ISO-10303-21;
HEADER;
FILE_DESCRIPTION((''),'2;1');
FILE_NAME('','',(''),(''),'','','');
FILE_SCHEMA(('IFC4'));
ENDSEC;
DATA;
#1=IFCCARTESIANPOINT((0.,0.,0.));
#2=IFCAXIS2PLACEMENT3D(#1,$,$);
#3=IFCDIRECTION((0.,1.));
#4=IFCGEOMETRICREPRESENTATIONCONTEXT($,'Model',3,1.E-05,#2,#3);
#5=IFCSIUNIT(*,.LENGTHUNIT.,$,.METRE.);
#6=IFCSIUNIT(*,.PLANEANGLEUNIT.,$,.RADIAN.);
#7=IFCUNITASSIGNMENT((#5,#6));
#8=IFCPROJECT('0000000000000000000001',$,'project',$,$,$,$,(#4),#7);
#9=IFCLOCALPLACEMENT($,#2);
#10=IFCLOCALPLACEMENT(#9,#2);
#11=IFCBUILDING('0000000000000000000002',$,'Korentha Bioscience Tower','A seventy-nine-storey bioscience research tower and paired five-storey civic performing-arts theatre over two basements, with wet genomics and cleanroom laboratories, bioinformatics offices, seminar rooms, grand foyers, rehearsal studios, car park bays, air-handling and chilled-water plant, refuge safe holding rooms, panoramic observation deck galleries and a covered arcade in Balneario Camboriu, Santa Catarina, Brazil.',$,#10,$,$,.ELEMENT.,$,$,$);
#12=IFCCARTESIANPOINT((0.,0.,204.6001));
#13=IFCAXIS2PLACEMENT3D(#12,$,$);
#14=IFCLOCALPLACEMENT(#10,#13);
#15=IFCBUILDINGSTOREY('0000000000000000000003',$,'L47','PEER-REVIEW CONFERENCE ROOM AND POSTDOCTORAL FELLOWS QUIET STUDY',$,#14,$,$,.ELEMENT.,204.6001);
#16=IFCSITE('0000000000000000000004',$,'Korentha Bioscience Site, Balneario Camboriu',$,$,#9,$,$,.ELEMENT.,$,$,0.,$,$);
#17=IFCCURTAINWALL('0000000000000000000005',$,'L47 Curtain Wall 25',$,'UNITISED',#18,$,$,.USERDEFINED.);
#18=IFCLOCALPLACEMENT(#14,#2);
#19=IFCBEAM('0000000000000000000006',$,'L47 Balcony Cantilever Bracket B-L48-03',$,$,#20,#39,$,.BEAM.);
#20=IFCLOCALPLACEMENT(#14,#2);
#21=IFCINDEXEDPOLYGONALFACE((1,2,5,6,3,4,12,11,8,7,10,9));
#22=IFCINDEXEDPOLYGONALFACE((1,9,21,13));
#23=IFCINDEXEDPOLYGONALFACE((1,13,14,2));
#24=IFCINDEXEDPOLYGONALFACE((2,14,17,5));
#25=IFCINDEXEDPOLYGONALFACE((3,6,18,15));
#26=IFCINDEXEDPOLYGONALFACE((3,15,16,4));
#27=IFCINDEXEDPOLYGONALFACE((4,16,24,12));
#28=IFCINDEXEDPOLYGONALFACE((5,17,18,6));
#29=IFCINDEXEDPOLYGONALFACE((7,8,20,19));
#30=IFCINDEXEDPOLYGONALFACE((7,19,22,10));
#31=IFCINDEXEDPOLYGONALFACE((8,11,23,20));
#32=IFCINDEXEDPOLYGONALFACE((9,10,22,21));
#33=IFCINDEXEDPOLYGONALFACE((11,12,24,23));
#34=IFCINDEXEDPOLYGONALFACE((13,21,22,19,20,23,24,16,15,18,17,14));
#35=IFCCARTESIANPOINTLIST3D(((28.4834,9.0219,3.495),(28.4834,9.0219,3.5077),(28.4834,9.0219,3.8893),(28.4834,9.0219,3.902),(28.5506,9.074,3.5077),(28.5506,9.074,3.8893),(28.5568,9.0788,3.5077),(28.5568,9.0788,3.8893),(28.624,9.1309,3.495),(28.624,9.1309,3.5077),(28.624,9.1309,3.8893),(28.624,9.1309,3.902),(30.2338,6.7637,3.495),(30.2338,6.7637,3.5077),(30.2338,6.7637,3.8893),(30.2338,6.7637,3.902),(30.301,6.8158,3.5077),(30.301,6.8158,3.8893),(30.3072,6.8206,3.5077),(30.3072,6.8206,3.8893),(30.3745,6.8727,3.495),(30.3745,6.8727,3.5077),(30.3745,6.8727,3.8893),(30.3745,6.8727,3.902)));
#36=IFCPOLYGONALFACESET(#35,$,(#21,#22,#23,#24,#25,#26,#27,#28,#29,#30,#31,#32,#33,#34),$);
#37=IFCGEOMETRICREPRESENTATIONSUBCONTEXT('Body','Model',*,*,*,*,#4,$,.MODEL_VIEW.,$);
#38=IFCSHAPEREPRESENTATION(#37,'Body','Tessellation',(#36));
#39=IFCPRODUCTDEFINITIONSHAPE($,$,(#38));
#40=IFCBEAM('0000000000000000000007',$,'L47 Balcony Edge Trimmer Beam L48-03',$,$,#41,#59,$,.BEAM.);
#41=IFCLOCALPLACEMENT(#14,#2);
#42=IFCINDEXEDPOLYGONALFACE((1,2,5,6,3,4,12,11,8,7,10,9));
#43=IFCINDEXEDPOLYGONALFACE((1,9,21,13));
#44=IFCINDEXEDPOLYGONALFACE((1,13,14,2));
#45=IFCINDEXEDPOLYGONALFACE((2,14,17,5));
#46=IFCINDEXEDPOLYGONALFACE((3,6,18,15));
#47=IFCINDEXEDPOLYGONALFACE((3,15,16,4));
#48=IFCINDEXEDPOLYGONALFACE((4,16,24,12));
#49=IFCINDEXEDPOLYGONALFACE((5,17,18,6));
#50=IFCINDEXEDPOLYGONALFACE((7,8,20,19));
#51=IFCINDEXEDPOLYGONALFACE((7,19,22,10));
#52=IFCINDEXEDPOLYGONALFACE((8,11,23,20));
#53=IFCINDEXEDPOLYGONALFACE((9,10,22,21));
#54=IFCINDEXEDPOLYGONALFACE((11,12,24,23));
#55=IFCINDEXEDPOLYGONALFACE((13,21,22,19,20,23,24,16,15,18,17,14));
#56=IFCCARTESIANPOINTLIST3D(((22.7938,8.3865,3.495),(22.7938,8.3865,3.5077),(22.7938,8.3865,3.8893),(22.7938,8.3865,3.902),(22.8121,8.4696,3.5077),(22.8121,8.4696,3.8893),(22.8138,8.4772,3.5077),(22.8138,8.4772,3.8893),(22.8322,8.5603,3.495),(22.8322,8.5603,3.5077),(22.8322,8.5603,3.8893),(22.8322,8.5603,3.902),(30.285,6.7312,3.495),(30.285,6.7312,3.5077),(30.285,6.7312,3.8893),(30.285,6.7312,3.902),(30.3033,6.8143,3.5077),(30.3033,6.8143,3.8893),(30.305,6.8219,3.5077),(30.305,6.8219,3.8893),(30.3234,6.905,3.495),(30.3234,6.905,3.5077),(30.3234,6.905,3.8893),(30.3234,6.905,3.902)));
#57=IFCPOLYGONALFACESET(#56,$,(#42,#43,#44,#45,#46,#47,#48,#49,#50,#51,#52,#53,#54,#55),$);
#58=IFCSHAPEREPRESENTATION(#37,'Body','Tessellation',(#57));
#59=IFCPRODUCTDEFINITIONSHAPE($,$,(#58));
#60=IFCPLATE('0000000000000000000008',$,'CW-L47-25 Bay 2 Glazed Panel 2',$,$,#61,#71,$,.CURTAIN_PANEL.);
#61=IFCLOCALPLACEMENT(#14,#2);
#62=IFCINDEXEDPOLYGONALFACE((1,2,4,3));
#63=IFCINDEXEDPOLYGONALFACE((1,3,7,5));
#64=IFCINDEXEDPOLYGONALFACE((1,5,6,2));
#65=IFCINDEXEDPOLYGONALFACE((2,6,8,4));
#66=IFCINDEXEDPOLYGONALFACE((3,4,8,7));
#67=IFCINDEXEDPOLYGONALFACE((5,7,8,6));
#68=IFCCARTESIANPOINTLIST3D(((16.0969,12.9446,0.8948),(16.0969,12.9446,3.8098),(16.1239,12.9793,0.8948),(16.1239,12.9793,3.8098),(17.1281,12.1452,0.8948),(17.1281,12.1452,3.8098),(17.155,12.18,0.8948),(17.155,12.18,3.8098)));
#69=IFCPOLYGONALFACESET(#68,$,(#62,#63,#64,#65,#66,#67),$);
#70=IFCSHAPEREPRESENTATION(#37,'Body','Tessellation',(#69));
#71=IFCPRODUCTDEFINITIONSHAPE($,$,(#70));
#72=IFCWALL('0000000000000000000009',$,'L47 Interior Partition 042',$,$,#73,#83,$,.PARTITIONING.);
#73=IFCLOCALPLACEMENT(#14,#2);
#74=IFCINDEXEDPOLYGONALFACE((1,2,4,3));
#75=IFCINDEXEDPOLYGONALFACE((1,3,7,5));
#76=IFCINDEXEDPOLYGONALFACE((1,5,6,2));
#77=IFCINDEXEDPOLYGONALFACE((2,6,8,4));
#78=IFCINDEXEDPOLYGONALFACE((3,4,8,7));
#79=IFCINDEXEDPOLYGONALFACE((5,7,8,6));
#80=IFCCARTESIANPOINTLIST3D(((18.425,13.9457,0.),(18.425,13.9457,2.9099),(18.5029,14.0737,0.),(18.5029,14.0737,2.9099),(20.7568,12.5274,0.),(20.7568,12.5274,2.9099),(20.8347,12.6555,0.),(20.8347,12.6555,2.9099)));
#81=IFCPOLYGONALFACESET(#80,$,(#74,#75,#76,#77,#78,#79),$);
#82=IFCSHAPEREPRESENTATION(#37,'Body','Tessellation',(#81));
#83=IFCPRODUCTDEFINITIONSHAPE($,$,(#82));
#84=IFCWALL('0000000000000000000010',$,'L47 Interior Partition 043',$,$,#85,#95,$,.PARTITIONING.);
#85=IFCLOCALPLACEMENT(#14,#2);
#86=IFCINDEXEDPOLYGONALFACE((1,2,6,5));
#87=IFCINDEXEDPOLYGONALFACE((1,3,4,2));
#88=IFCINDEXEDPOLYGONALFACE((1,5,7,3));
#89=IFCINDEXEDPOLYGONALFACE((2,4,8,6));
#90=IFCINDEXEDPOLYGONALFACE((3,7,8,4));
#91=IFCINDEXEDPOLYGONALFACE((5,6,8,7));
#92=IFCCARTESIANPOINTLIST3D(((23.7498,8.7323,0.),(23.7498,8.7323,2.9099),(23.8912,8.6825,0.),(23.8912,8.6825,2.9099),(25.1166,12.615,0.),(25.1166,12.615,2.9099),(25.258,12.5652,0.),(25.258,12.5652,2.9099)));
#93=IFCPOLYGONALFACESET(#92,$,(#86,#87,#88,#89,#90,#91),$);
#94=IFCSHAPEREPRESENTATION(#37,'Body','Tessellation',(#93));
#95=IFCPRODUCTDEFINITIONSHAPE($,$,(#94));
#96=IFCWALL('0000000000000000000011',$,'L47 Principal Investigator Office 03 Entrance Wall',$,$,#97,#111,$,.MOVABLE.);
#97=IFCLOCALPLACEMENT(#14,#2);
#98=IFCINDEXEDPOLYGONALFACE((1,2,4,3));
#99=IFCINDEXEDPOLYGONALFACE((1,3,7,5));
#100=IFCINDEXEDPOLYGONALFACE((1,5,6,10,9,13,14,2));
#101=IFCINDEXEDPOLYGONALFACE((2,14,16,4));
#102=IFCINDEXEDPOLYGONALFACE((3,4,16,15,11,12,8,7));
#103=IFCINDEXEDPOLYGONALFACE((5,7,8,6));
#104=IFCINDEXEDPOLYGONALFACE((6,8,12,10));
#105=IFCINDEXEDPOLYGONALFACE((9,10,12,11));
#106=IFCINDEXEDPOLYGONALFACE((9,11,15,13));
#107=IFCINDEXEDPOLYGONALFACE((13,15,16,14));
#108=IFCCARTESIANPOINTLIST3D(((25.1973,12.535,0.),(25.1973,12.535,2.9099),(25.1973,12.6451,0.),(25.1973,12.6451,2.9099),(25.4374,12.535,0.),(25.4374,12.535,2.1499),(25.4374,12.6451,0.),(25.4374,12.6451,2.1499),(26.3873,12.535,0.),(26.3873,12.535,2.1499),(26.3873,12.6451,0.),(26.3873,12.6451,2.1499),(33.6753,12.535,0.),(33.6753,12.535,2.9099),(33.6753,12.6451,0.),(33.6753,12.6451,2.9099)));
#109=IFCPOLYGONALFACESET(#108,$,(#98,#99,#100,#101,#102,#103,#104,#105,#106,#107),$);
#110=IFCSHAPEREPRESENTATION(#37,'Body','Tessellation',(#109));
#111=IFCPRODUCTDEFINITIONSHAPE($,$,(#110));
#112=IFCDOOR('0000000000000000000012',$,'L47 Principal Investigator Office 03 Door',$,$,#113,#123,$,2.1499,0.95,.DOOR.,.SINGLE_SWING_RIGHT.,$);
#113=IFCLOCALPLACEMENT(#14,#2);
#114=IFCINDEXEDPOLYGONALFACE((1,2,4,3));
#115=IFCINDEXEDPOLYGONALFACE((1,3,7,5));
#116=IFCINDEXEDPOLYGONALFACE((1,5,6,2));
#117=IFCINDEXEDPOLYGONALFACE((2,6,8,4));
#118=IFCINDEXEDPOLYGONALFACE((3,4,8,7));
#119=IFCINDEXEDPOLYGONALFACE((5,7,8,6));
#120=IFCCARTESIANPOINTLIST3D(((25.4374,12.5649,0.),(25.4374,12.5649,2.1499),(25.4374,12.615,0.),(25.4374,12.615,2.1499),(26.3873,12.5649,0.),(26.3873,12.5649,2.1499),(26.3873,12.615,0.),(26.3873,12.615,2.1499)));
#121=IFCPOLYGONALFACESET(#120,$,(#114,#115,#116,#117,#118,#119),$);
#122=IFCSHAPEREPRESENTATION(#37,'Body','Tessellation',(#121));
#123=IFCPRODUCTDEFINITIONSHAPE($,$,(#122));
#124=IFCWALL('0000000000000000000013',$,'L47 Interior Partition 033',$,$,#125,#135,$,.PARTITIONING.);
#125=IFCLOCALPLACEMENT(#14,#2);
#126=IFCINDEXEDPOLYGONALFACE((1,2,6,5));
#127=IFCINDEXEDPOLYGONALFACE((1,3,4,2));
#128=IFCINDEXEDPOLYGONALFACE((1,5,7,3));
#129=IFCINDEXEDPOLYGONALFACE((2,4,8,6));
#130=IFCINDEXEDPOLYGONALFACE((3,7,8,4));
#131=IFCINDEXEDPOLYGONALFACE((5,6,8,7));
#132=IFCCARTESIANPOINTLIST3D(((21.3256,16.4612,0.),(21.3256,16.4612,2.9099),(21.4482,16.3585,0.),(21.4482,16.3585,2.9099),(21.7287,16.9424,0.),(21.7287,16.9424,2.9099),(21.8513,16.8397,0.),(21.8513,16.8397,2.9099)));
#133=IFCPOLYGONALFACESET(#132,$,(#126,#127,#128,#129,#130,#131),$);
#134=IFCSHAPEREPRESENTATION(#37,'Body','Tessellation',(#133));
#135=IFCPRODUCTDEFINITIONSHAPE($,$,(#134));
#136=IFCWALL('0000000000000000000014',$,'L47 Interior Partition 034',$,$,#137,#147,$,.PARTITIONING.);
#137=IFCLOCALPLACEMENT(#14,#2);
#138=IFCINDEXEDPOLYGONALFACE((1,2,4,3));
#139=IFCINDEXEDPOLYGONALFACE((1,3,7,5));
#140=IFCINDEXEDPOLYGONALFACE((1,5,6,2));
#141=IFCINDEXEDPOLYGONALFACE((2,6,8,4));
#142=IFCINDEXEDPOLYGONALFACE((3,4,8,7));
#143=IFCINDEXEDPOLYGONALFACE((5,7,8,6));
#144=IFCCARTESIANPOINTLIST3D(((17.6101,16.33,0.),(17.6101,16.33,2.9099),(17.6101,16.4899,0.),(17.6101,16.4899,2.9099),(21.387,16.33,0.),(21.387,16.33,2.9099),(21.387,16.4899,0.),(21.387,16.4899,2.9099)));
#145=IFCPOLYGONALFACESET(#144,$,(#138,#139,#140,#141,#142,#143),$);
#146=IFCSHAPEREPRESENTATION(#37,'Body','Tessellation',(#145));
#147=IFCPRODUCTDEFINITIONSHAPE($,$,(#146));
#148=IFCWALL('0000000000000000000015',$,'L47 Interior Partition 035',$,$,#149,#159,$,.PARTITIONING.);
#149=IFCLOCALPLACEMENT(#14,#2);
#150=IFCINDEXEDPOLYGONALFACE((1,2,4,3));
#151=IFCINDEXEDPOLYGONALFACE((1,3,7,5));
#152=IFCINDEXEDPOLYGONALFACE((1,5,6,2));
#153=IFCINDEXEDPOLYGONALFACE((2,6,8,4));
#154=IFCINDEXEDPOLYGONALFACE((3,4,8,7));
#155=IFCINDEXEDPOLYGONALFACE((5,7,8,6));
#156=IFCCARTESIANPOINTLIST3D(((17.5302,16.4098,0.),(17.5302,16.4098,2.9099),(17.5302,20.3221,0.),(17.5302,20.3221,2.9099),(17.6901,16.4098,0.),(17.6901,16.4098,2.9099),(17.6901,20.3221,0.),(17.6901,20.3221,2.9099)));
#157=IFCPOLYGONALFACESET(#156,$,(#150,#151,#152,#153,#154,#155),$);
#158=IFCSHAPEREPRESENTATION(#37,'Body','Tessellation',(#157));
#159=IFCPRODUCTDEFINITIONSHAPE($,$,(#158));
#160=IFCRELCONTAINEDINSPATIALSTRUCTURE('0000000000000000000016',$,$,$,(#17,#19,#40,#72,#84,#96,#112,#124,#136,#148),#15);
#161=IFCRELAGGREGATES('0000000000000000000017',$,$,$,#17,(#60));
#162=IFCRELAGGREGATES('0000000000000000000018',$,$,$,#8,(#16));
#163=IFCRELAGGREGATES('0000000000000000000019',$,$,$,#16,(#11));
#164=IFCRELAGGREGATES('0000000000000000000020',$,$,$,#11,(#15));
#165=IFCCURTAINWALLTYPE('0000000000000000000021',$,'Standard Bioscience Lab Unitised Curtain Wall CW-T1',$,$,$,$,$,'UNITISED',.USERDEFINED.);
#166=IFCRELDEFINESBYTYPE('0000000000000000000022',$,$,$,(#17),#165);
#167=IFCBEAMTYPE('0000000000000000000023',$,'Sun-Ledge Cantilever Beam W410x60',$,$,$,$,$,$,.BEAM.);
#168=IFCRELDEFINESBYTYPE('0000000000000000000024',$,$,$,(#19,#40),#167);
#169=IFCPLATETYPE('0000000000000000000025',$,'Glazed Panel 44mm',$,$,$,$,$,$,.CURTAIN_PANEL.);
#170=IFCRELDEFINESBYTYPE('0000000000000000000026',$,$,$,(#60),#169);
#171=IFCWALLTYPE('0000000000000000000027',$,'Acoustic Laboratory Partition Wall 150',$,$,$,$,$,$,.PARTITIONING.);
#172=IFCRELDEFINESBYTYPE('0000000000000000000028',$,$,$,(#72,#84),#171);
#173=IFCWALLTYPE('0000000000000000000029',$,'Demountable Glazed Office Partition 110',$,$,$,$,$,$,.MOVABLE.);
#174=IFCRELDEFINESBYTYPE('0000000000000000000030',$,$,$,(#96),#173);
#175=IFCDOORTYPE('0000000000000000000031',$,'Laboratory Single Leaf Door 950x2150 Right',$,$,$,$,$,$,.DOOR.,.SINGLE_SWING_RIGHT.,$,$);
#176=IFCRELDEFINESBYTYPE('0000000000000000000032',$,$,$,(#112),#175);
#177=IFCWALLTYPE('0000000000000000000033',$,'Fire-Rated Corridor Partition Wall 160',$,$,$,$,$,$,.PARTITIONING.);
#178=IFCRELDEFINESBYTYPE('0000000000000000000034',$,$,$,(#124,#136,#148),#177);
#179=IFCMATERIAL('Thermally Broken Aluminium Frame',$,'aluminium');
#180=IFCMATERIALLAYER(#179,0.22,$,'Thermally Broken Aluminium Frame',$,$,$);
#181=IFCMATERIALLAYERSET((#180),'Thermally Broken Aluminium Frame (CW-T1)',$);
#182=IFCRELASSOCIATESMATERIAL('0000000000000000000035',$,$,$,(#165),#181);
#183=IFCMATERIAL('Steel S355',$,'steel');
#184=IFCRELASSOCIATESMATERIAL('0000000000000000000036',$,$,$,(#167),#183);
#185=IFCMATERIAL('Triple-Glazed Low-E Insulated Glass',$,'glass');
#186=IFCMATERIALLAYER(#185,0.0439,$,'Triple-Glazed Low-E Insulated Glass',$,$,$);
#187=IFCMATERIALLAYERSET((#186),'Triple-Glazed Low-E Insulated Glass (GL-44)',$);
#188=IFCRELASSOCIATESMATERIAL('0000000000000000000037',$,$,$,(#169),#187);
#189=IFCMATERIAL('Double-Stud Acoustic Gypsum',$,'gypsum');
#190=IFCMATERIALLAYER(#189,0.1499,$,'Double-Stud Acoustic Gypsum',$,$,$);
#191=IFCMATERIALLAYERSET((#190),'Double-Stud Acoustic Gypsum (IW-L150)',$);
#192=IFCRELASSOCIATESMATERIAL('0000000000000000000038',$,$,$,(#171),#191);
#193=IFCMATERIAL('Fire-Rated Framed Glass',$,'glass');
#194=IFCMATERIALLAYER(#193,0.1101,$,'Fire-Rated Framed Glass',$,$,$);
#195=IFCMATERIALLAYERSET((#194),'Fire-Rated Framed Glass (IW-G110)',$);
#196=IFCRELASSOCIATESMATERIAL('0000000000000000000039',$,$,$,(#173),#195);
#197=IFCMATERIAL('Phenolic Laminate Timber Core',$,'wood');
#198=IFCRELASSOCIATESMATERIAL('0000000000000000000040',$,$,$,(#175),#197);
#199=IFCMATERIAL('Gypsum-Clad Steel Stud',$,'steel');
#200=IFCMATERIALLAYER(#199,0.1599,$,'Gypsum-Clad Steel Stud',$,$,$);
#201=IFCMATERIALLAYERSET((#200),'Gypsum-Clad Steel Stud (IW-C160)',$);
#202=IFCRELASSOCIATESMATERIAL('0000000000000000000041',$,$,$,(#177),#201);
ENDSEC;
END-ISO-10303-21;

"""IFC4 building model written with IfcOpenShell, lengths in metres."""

from ifc_helpers import new_model, si_unit, direction, frame, frame_2d, origin, origin_2d, place, context, subcontext, project, spatial, rectangle, i_section, extrude, material, layer, layer_set, material_profile, profile_set, type_object, element, fill, aggregate, save


model = new_model("IFC4")

# Units and contexts
model_context = context("Model", 3, precision=1e-05, world=origin(), true_north=direction((0.0, 1.0)))
body_context = subcontext(model_context, "Body", "Model", "MODEL_VIEW")
ifc_project = project(units=[si_unit("LENGTHUNIT", "METRE"), si_unit("PLANEANGLEUNIT", "RADIAN")], contexts=[model_context])

# Site, building, storey
site_placement = place(None, origin())
site = spatial("IfcSite", under=ifc_project, at=site_placement, Name="Korentha Bioscience Site, Balneario Camboriu", CompositionType="ELEMENT", RefElevation=0.0)
building_placement = place(site_placement, origin())
building = spatial("IfcBuilding", under=site, at=building_placement, Name="Korentha Bioscience Tower", Description="A seventy-nine-storey bioscience research tower and paired five-storey civic performing-arts theatre over two basements, with wet genomics and cleanroom laboratories, bioinformatics offices, seminar rooms, grand foyers, rehearsal studios, car park bays, air-handling and chilled-water plant, refuge safe holding rooms, panoramic observation deck galleries and a covered arcade in Balneario Camboriu, Santa Catarina, Brazil.", CompositionType="ELEMENT")
storey_placement = place(building_placement, frame((0.0, 0.0, 204.6001)))
storey = spatial("IfcBuildingStorey", under=building, at=storey_placement, Name="L47", Description="PEER-REVIEW CONFERENCE ROOM AND POSTDOCTORAL FELLOWS QUIET STUDY", CompositionType="ELEMENT", Elevation=204.6001)

# Curtain wall
ifc_material_1 = material(Name="Thermally Broken Aluminium Frame", Category="aluminium")
ifc_layer_1 = layer(ifc_material_1, 0.22, Name="Thermally Broken Aluminium Frame")
ifc_layer_set_1 = layer_set([ifc_layer_1], Name="Thermally Broken Aluminium Frame (CW-T1)")
curtain_wall_type = type_object("IfcCurtainWallType", Name="Standard Bioscience Lab Unitised Curtain Wall CW-T1", ElementType="UNITISED", PredefinedType="USERDEFINED", material=ifc_layer_set_1)
curtain_wall_placement = place(storey_placement, origin())
curtain_wall = element("IfcCurtainWall", 1, at=curtain_wall_placement, inside=storey, type_object=curtain_wall_type, Name="L47 Curtain Wall 25", ObjectType="UNITISED", PredefinedType="USERDEFINED")

# Beams
ifc_material_2 = material(Name="Steel S355", Category="steel")
ifc_material_profile_1 = material_profile(ifc_material_2, i_section(OverallWidth=0.178, OverallDepth=0.407, WebThickness=0.0078, FlangeThickness=0.0127, at=origin_2d()), Name="Steel S355")
ifc_profile_set_1 = profile_set([ifc_material_profile_1], Name="Steel S355 (CB-410)")
beam_type_1 = type_object("IfcBeamType", Name="Sun-Ledge Cantilever Beam W410x60", PredefinedType="BEAM", material=ifc_profile_set_1)
beam_1_placement = place(storey_placement, frame((28.5537, 9.0764, 3.6985), z_axis=(0.612638, -0.790363, 0.0), x_axis=(0.790363, 0.612638, 0.0)))
element("IfcBeam", 2, at=beam_1_placement, inside=storey, type_object=beam_type_1, Name="L47 Balcony Cantilever Bracket B-L48-03", PredefinedType="BEAM", context=body_context, shape_type="SweptSolid", body=[
    extrude(i_section(OverallWidth=0.178, OverallDepth=0.407, WebThickness=0.0078, FlangeThickness=0.0127, at=origin_2d()), origin(), (0.0, 0.0, 1.0), 2.8572),
])
beam_2_placement = place(storey_placement, frame((22.813, 8.4734, 3.6985), z_axis=(0.976447, -0.215758, 0.0), x_axis=(0.215758, 0.976447, 0.0)))
element("IfcBeam", 3, at=beam_2_placement, inside=storey, type_object=beam_type_1, Name="L47 Balcony Edge Trimmer Beam L48-03", PredefinedType="BEAM", context=body_context, shape_type="SweptSolid", body=[
    extrude(i_section(OverallWidth=0.178, OverallDepth=0.407, WebThickness=0.0078, FlangeThickness=0.0127, at=origin_2d()), origin(), (0.0, 0.0, 1.0), 7.6719),
])

# Plate
ifc_material_3 = material(Name="Triple-Glazed Low-E Insulated Glass", Category="glass")
ifc_layer_2 = layer(ifc_material_3, 0.0439, Name="Triple-Glazed Low-E Insulated Glass")
ifc_layer_set_2 = layer_set([ifc_layer_2], Name="Triple-Glazed Low-E Insulated Glass (GL-44)")
plate_type = type_object("IfcPlateType", Name="Glazed Panel 44mm", PredefinedType="CURTAIN_PANEL", material=ifc_layer_set_2)
plate_placement = place(storey_placement, frame((16.626, 12.5623, 0.8948), z_axis=(0.0, 0.0, 1.0), x_axis=(0.790346, -0.612661, 0.0)))
plate = element("IfcPlate", 4, at=plate_placement, type_object=plate_type, Name="CW-L47-25 Bay 2 Glazed Panel 2", PredefinedType="CURTAIN_PANEL", context=body_context, shape_type="SweptSolid", body=[
    extrude(rectangle(XDim=1.3047, YDim=0.0439, at=origin_2d()), origin(), (0.0, 0.0, 1.0), 2.915),
])
aggregate(curtain_wall, [plate])

# Shared definitions
ifc_material_4 = material(Name="Double-Stud Acoustic Gypsum", Category="gypsum")
ifc_layer_3 = layer(ifc_material_4, 0.1499, Name="Double-Stud Acoustic Gypsum")
ifc_layer_set_3 = layer_set([ifc_layer_3], Name="Double-Stud Acoustic Gypsum (IW-L150)")
wall_type_1 = type_object("IfcWallType", Name="Acoustic Laboratory Partition Wall 150", PredefinedType="PARTITIONING", material=ifc_layer_set_3)
ifc_material_5 = material(Name="Phenolic Laminate Timber Core", Category="wood")

# Walls
wall_1_placement = place(storey_placement, frame((18.4639, 14.0098, 0.0), z_axis=(0.0, 0.0, 1.0), x_axis=(0.854383, -0.519643, 0.0)))
element("IfcWall", 5, at=wall_1_placement, inside=storey, type_object=wall_type_1, Name="L47 Interior Partition 042", PredefinedType="PARTITIONING", context=body_context, shape_type="SweptSolid", body=[
    extrude(rectangle(XDim=2.7292, YDim=0.1499, at=frame_2d((1.3647, 0.0))), origin(), (0.0, 0.0, 1.0), 2.9099),
])
wall_2_placement = place(storey_placement, frame((25.1873, 12.5901, 0.0), z_axis=(0.0, 0.0, 1.0), x_axis=(-0.332038, -0.943266, 0.0)))
element("IfcWall", 6, at=wall_2_placement, inside=storey, type_object=wall_type_1, Name="L47 Interior Partition 043", PredefinedType="PARTITIONING", context=body_context, shape_type="SweptSolid", body=[
    extrude(rectangle(XDim=4.1162, YDim=0.1499, at=frame_2d((2.0581, 0.0))), origin(), (0.0, 0.0, 1.0), 2.9099),
])

# Wall, opening, door
ifc_material_6 = material(Name="Fire-Rated Framed Glass", Category="glass")
ifc_layer_4 = layer(ifc_material_6, 0.1101, Name="Fire-Rated Framed Glass")
ifc_layer_set_4 = layer_set([ifc_layer_4], Name="Fire-Rated Framed Glass (IW-G110)")
wall_type_2 = type_object("IfcWallType", Name="Demountable Glazed Office Partition 110", PredefinedType="MOVABLE", material=ifc_layer_set_4)
wall_3_placement = place(storey_placement, frame((25.1973, 12.5901, 0.0), z_axis=(0.0, 0.0, 1.0), x_axis=(1.0, 0.0, 0.0)))
wall_3 = element("IfcWall", 7, at=wall_3_placement, inside=storey, type_object=wall_type_2, Name="L47 Principal Investigator Office 03 Entrance Wall", PredefinedType="MOVABLE", context=body_context, shape_type="SweptSolid", body=[
    extrude(rectangle(XDim=8.478, YDim=0.1101, at=frame_2d((4.239, 0.0))), origin(), (0.0, 0.0, 1.0), 2.9099),
])
opening_1_placement = place(wall_3_placement, frame((0.24, 0.0, 0.0)))
opening_1 = element("IfcOpeningElement", 8, at=opening_1_placement, cuts=wall_3, PredefinedType="OPENING", context=body_context, shape_type="SweptSolid", body=[
    extrude(rectangle(XDim=0.95, YDim=2.1499, at=frame_2d((0.4751, 1.075))), frame((0.0, 0.0698, 0.0), z_axis=(0.0, -1.0, 0.0), x_axis=(1.0, 0.0, 0.0)), (0.0, 0.0, 1.0), 0.1399),
])
door_type_1 = type_object("IfcDoorType", Name="Laboratory Single Leaf Door 950x2150 Right", OperationType="SINGLE_SWING_RIGHT", PredefinedType="DOOR", material=ifc_material_5)
door_1_placement = place(opening_1_placement, origin())
door_1 = element("IfcDoor", 9, at=door_1_placement, inside=storey, type_object=door_type_1, Name="L47 Principal Investigator Office 03 Door", OperationType="SINGLE_SWING_RIGHT", OverallHeight=2.1499, OverallWidth=0.95, PredefinedType="DOOR", context=body_context, shape_type="SweptSolid", body=[
    extrude(rectangle(XDim=0.95, YDim=2.1499, at=frame_2d((0.4751, 1.075))), frame((0.0, 0.0249, 0.0), z_axis=(0.0, -1.0, 0.0), x_axis=(1.0, 0.0, 0.0)), (0.0, 0.0, 1.0), 0.05),
])
fill(opening_1, door_1)

# Walls
ifc_material_7 = material(Name="Gypsum-Clad Steel Stud", Category="steel")
ifc_layer_5 = layer(ifc_material_7, 0.1599, Name="Gypsum-Clad Steel Stud")
ifc_layer_set_5 = layer_set([ifc_layer_5], Name="Gypsum-Clad Steel Stud (IW-C160)")
wall_type_3 = type_object("IfcWallType", Name="Fire-Rated Corridor Partition Wall 160", PredefinedType="PARTITIONING", material=ifc_layer_set_5)
wall_4_placement = place(storey_placement, frame((21.79, 16.8911, 0.0), z_axis=(0.0, 0.0, 1.0), x_axis=(-0.642133, -0.766593, 0.0)))
element("IfcWall", 10, at=wall_4_placement, inside=storey, type_object=wall_type_3, Name="L47 Interior Partition 033", PredefinedType="PARTITIONING", context=body_context, shape_type="SweptSolid", body=[
    extrude(rectangle(XDim=0.6277, YDim=0.1599, at=frame_2d((0.314, 0.0))), origin(), (0.0, 0.0, 1.0), 2.9099),
])
wall_5_placement = place(storey_placement, frame((21.387, 16.4099, 0.0), z_axis=(0.0, 0.0, 1.0), x_axis=(-1.0, 0.0, 0.0)))
element("IfcWall", 11, at=wall_5_placement, inside=storey, type_object=wall_type_3, Name="L47 Interior Partition 034", PredefinedType="PARTITIONING", context=body_context, shape_type="SweptSolid", body=[
    extrude(rectangle(XDim=3.7769, YDim=0.1599, at=frame_2d((1.8884, 0.0))), origin(), (0.0, 0.0, 1.0), 2.9099),
])
wall_6_placement = place(storey_placement, frame((17.6101, 16.4099, 0.0), z_axis=(0.0, 0.0, 1.0), x_axis=(0.0, 1.0, 0.0)))
element("IfcWall", 12, at=wall_6_placement, inside=storey, type_object=wall_type_3, Name="L47 Interior Partition 035", PredefinedType="PARTITIONING", context=body_context, shape_type="SweptSolid", body=[
    extrude(rectangle(XDim=3.9124, YDim=0.1599, at=frame_2d((1.9561, 0.0))), origin(), (0.0, 0.0, 1.0), 2.9099),
])

save(model, "model.ifc")
